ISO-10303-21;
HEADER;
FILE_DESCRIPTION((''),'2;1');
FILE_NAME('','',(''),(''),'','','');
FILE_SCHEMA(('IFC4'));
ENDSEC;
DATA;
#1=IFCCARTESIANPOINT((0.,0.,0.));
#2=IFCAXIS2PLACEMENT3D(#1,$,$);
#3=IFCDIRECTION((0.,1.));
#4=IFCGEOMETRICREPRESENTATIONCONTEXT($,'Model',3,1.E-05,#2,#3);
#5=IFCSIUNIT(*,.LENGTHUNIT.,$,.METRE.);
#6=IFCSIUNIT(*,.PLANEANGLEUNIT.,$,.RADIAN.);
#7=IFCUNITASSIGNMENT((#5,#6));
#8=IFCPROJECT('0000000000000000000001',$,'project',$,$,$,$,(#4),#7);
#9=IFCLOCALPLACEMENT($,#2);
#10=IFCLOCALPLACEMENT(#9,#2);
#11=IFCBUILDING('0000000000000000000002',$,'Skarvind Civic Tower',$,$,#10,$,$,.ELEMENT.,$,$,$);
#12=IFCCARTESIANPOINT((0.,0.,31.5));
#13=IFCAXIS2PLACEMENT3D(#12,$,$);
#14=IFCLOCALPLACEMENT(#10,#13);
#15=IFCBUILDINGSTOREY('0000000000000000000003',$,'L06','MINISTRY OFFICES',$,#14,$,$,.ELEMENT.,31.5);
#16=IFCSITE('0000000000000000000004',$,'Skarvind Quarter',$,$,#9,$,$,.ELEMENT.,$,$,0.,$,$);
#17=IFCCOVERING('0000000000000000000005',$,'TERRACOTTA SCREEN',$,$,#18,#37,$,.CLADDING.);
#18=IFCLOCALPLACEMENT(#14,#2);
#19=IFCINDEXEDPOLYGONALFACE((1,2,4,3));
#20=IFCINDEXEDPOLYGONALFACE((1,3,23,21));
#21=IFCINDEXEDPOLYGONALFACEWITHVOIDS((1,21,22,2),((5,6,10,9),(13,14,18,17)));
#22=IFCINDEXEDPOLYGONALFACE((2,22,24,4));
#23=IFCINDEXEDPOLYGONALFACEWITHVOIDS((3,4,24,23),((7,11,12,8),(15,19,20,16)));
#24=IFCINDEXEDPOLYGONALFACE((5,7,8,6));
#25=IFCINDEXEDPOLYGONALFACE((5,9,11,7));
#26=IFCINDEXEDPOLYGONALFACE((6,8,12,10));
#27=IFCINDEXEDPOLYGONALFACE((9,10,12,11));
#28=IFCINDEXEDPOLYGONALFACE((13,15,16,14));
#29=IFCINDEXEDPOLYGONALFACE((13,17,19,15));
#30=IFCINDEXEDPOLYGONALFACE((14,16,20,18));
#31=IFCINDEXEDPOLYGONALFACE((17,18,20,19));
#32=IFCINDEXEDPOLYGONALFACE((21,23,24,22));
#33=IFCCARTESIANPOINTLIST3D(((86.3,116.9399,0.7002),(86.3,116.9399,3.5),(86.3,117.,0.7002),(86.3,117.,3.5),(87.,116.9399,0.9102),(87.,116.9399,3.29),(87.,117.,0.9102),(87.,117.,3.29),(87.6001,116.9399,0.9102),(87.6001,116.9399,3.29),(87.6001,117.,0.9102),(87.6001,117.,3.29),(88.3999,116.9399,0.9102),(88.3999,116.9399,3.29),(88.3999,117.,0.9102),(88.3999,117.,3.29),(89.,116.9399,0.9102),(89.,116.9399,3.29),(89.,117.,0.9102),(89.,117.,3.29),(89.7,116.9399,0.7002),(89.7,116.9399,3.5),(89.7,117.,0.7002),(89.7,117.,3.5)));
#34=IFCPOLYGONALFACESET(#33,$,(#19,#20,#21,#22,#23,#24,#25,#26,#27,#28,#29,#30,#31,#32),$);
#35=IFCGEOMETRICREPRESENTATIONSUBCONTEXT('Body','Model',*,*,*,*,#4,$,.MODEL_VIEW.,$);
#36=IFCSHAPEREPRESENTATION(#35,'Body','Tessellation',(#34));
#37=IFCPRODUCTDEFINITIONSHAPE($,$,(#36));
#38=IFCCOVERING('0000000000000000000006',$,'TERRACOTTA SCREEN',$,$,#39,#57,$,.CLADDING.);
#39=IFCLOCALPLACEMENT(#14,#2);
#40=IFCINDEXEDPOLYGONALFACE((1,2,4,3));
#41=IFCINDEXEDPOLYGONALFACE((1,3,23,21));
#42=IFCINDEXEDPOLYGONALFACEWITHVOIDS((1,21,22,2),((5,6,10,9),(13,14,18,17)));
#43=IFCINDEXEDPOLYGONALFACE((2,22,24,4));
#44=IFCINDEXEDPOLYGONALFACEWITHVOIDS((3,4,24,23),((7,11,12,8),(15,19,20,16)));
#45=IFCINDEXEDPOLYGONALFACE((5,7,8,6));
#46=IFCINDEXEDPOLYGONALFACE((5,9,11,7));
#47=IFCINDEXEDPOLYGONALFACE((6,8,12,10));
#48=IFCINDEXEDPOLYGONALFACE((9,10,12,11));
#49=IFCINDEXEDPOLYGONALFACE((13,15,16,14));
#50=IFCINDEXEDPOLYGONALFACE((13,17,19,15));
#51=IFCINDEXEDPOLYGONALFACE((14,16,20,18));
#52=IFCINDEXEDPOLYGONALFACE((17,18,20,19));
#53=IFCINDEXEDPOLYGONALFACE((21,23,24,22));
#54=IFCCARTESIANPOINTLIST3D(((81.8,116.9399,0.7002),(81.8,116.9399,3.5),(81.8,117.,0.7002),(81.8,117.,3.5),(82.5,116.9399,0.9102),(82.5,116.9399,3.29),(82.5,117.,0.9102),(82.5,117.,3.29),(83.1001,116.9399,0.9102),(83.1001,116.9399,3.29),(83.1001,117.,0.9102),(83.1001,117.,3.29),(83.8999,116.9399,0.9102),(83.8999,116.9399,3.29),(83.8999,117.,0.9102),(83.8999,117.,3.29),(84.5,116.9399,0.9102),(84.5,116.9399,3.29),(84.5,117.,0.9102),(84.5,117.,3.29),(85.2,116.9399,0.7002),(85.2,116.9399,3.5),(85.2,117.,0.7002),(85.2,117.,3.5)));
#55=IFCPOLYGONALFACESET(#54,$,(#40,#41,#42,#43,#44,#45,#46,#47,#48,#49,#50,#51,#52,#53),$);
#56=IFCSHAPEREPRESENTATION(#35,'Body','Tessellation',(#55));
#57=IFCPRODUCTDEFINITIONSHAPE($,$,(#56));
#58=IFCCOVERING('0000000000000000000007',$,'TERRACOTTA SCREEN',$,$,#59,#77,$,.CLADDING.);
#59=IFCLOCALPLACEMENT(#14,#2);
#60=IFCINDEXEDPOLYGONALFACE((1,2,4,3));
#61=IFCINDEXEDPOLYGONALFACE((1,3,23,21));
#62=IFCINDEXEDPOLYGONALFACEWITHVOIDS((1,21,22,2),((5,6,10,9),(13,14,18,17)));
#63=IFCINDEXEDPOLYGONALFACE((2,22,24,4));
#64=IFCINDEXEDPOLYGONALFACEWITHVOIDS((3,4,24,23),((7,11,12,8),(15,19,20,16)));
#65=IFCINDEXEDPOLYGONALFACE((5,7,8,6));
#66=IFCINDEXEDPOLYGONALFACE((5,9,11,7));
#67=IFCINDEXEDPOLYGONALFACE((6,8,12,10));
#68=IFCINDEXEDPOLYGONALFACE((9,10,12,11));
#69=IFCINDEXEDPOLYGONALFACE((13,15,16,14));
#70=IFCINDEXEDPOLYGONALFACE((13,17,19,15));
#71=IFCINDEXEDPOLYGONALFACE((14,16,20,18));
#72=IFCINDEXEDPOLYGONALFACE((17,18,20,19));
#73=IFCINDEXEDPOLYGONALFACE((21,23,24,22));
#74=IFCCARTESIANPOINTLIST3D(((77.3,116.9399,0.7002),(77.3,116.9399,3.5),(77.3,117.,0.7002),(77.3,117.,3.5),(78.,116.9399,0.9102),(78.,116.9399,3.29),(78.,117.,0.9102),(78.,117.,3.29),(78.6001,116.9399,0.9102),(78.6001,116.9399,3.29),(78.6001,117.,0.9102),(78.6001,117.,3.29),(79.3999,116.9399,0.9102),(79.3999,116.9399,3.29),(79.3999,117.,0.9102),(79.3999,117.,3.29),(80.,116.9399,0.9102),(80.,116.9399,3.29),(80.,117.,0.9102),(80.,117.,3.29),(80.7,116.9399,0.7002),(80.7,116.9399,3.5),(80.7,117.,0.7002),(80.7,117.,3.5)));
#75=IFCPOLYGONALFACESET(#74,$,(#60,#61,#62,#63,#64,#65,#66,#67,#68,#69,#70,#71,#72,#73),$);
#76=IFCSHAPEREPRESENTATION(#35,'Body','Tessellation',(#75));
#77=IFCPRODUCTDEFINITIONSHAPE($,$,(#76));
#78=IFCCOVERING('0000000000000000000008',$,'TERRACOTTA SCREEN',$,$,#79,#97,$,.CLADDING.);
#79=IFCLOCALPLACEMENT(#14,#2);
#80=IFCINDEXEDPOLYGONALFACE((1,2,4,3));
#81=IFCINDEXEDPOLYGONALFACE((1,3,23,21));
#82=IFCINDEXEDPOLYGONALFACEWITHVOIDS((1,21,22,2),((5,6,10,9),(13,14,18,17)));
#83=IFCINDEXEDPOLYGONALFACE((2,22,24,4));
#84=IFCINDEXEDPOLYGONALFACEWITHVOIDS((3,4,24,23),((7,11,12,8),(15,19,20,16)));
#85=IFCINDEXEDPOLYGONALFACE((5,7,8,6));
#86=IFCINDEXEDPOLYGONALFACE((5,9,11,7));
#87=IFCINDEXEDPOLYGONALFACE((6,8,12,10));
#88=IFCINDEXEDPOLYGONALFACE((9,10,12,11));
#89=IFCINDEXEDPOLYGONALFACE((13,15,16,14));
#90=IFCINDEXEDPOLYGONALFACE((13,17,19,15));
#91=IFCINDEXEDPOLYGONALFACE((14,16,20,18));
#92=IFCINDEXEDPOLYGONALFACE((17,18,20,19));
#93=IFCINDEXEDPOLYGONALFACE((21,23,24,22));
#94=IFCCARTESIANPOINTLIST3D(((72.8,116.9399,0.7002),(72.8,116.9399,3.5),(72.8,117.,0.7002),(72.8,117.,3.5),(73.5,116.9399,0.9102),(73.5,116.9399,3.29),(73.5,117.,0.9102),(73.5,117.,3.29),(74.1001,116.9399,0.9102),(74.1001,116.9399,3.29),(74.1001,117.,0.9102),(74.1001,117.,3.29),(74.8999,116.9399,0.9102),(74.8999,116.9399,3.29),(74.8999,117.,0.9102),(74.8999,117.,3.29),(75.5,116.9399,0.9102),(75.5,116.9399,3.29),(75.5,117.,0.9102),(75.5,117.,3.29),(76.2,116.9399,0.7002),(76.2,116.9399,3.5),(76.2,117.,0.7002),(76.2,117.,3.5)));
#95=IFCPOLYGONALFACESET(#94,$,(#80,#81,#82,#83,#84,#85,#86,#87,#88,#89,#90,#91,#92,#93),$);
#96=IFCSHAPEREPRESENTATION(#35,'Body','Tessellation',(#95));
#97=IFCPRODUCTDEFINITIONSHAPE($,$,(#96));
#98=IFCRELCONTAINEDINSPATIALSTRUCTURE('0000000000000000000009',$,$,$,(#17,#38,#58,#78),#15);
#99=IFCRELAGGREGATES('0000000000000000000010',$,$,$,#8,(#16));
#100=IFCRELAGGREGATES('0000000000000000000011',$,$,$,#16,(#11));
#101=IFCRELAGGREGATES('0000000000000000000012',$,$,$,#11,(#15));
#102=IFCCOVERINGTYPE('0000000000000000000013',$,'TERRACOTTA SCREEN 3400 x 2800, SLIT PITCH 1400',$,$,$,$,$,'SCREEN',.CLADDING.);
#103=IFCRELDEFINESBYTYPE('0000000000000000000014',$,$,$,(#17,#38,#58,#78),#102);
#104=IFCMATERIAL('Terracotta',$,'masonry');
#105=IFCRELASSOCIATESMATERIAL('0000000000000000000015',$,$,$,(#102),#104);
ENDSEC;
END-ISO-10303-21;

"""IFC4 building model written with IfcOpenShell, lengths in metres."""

from ifc_helpers import new_model, si_unit, direction, frame, origin, place, context, subcontext, project, spatial, polyline, outline, extrude, material, material_profile, profile_set, type_object, element, save


model = new_model("IFC4")

# Units and contexts
model_context = context("Model", 3, precision=1e-05, world=origin(), true_north=direction((0.0, 1.0)))
body_context = subcontext(model_context, "Body", "Model", "MODEL_VIEW")
ifc_project = project(units=[si_unit("LENGTHUNIT", "METRE"), si_unit("PLANEANGLEUNIT", "RADIAN")], contexts=[model_context])

# Site, building, storey
site_placement = place(None, origin())
site = spatial("IfcSite", under=ifc_project, at=site_placement, Name="Skarvind Quarter", CompositionType="ELEMENT", RefElevation=0.0)
building_placement = place(site_placement, origin())
building = spatial("IfcBuilding", under=site, at=building_placement, Name="Skarvind Civic Tower", CompositionType="ELEMENT")
storey_placement = place(building_placement, frame((0.0, 0.0, 31.5)))
storey = spatial("IfcBuildingStorey", under=building, at=storey_placement, Name="L06", Description="MINISTRY OFFICES", CompositionType="ELEMENT", Elevation=31.5)

# Coverings
ifc_material_1 = material(Name="Terracotta", Category="masonry")
ifc_material_profile_1 = material_profile(ifc_material_1, outline(polyline([(-1.7, -1.3999), (1.7, -1.3999), (1.7, 1.3999), (-1.7, 1.3999), (-1.7, -1.3999)]), holes=[polyline([(-1.0, -1.1899), (-0.3999, -1.1899), (-0.3999, 1.1899), (-1.0, 1.1899), (-1.0, -1.1899)]), polyline([(0.3999, -1.1899), (1.0, -1.1899), (1.0, 1.1899), (0.3999, 1.1899), (0.3999, -1.1899)])]), Name="TERRACOTTA SCREEN 3400 x 2800, SLIT PITCH 1400")
ifc_profile_set_1 = profile_set([ifc_material_profile_1], Name="Terracotta")
covering_type = type_object("IfcCoveringType", Name="TERRACOTTA SCREEN 3400 x 2800, SLIT PITCH 1400", ElementType="SCREEN", PredefinedType="CLADDING", material=ifc_profile_set_1)
for number, where, z_axis, x_axis, name in (
    (1, (88.0, 117.0, 2.1001), (0.0, -1.0, 0.0), (1.0, 0.0, 0.0), "TERRACOTTA SCREEN"),
    (2, (83.5, 117.0, 2.1001), (0.0, -1.0, 0.0), (1.0, 0.0, 0.0), "TERRACOTTA SCREEN"),
    (3, (79.0, 117.0, 2.1001), (0.0, -1.0, 0.0), (1.0, 0.0, 0.0), "TERRACOTTA SCREEN"),
    (4, (74.5, 117.0, 2.1001), (0.0, -1.0, 0.0), (1.0, 0.0, 0.0), "TERRACOTTA SCREEN"),
):
    element("IfcCovering", number, at=place(storey_placement, frame(where, z_axis=z_axis, x_axis=x_axis)), inside=storey, type_object=covering_type, Name=name, PredefinedType="CLADDING", context=body_context, shape_type="SweptSolid", body=[
        extrude(outline(polyline([(-1.7, -1.3999), (1.7, -1.3999), (1.7, 1.3999), (-1.7, 1.3999), (-1.7, -1.3999)]), holes=[polyline([(-1.0, -1.1899), (-0.3999, -1.1899), (-0.3999, 1.1899), (-1.0, 1.1899), (-1.0, -1.1899)]), polyline([(0.3999, -1.1899), (1.0, -1.1899), (1.0, 1.1899), (0.3999, 1.1899), (0.3999, -1.1899)])]), origin(), (0.0, 0.0, 1.0), 0.0601),
    ])

save(model, "model.ifc")
